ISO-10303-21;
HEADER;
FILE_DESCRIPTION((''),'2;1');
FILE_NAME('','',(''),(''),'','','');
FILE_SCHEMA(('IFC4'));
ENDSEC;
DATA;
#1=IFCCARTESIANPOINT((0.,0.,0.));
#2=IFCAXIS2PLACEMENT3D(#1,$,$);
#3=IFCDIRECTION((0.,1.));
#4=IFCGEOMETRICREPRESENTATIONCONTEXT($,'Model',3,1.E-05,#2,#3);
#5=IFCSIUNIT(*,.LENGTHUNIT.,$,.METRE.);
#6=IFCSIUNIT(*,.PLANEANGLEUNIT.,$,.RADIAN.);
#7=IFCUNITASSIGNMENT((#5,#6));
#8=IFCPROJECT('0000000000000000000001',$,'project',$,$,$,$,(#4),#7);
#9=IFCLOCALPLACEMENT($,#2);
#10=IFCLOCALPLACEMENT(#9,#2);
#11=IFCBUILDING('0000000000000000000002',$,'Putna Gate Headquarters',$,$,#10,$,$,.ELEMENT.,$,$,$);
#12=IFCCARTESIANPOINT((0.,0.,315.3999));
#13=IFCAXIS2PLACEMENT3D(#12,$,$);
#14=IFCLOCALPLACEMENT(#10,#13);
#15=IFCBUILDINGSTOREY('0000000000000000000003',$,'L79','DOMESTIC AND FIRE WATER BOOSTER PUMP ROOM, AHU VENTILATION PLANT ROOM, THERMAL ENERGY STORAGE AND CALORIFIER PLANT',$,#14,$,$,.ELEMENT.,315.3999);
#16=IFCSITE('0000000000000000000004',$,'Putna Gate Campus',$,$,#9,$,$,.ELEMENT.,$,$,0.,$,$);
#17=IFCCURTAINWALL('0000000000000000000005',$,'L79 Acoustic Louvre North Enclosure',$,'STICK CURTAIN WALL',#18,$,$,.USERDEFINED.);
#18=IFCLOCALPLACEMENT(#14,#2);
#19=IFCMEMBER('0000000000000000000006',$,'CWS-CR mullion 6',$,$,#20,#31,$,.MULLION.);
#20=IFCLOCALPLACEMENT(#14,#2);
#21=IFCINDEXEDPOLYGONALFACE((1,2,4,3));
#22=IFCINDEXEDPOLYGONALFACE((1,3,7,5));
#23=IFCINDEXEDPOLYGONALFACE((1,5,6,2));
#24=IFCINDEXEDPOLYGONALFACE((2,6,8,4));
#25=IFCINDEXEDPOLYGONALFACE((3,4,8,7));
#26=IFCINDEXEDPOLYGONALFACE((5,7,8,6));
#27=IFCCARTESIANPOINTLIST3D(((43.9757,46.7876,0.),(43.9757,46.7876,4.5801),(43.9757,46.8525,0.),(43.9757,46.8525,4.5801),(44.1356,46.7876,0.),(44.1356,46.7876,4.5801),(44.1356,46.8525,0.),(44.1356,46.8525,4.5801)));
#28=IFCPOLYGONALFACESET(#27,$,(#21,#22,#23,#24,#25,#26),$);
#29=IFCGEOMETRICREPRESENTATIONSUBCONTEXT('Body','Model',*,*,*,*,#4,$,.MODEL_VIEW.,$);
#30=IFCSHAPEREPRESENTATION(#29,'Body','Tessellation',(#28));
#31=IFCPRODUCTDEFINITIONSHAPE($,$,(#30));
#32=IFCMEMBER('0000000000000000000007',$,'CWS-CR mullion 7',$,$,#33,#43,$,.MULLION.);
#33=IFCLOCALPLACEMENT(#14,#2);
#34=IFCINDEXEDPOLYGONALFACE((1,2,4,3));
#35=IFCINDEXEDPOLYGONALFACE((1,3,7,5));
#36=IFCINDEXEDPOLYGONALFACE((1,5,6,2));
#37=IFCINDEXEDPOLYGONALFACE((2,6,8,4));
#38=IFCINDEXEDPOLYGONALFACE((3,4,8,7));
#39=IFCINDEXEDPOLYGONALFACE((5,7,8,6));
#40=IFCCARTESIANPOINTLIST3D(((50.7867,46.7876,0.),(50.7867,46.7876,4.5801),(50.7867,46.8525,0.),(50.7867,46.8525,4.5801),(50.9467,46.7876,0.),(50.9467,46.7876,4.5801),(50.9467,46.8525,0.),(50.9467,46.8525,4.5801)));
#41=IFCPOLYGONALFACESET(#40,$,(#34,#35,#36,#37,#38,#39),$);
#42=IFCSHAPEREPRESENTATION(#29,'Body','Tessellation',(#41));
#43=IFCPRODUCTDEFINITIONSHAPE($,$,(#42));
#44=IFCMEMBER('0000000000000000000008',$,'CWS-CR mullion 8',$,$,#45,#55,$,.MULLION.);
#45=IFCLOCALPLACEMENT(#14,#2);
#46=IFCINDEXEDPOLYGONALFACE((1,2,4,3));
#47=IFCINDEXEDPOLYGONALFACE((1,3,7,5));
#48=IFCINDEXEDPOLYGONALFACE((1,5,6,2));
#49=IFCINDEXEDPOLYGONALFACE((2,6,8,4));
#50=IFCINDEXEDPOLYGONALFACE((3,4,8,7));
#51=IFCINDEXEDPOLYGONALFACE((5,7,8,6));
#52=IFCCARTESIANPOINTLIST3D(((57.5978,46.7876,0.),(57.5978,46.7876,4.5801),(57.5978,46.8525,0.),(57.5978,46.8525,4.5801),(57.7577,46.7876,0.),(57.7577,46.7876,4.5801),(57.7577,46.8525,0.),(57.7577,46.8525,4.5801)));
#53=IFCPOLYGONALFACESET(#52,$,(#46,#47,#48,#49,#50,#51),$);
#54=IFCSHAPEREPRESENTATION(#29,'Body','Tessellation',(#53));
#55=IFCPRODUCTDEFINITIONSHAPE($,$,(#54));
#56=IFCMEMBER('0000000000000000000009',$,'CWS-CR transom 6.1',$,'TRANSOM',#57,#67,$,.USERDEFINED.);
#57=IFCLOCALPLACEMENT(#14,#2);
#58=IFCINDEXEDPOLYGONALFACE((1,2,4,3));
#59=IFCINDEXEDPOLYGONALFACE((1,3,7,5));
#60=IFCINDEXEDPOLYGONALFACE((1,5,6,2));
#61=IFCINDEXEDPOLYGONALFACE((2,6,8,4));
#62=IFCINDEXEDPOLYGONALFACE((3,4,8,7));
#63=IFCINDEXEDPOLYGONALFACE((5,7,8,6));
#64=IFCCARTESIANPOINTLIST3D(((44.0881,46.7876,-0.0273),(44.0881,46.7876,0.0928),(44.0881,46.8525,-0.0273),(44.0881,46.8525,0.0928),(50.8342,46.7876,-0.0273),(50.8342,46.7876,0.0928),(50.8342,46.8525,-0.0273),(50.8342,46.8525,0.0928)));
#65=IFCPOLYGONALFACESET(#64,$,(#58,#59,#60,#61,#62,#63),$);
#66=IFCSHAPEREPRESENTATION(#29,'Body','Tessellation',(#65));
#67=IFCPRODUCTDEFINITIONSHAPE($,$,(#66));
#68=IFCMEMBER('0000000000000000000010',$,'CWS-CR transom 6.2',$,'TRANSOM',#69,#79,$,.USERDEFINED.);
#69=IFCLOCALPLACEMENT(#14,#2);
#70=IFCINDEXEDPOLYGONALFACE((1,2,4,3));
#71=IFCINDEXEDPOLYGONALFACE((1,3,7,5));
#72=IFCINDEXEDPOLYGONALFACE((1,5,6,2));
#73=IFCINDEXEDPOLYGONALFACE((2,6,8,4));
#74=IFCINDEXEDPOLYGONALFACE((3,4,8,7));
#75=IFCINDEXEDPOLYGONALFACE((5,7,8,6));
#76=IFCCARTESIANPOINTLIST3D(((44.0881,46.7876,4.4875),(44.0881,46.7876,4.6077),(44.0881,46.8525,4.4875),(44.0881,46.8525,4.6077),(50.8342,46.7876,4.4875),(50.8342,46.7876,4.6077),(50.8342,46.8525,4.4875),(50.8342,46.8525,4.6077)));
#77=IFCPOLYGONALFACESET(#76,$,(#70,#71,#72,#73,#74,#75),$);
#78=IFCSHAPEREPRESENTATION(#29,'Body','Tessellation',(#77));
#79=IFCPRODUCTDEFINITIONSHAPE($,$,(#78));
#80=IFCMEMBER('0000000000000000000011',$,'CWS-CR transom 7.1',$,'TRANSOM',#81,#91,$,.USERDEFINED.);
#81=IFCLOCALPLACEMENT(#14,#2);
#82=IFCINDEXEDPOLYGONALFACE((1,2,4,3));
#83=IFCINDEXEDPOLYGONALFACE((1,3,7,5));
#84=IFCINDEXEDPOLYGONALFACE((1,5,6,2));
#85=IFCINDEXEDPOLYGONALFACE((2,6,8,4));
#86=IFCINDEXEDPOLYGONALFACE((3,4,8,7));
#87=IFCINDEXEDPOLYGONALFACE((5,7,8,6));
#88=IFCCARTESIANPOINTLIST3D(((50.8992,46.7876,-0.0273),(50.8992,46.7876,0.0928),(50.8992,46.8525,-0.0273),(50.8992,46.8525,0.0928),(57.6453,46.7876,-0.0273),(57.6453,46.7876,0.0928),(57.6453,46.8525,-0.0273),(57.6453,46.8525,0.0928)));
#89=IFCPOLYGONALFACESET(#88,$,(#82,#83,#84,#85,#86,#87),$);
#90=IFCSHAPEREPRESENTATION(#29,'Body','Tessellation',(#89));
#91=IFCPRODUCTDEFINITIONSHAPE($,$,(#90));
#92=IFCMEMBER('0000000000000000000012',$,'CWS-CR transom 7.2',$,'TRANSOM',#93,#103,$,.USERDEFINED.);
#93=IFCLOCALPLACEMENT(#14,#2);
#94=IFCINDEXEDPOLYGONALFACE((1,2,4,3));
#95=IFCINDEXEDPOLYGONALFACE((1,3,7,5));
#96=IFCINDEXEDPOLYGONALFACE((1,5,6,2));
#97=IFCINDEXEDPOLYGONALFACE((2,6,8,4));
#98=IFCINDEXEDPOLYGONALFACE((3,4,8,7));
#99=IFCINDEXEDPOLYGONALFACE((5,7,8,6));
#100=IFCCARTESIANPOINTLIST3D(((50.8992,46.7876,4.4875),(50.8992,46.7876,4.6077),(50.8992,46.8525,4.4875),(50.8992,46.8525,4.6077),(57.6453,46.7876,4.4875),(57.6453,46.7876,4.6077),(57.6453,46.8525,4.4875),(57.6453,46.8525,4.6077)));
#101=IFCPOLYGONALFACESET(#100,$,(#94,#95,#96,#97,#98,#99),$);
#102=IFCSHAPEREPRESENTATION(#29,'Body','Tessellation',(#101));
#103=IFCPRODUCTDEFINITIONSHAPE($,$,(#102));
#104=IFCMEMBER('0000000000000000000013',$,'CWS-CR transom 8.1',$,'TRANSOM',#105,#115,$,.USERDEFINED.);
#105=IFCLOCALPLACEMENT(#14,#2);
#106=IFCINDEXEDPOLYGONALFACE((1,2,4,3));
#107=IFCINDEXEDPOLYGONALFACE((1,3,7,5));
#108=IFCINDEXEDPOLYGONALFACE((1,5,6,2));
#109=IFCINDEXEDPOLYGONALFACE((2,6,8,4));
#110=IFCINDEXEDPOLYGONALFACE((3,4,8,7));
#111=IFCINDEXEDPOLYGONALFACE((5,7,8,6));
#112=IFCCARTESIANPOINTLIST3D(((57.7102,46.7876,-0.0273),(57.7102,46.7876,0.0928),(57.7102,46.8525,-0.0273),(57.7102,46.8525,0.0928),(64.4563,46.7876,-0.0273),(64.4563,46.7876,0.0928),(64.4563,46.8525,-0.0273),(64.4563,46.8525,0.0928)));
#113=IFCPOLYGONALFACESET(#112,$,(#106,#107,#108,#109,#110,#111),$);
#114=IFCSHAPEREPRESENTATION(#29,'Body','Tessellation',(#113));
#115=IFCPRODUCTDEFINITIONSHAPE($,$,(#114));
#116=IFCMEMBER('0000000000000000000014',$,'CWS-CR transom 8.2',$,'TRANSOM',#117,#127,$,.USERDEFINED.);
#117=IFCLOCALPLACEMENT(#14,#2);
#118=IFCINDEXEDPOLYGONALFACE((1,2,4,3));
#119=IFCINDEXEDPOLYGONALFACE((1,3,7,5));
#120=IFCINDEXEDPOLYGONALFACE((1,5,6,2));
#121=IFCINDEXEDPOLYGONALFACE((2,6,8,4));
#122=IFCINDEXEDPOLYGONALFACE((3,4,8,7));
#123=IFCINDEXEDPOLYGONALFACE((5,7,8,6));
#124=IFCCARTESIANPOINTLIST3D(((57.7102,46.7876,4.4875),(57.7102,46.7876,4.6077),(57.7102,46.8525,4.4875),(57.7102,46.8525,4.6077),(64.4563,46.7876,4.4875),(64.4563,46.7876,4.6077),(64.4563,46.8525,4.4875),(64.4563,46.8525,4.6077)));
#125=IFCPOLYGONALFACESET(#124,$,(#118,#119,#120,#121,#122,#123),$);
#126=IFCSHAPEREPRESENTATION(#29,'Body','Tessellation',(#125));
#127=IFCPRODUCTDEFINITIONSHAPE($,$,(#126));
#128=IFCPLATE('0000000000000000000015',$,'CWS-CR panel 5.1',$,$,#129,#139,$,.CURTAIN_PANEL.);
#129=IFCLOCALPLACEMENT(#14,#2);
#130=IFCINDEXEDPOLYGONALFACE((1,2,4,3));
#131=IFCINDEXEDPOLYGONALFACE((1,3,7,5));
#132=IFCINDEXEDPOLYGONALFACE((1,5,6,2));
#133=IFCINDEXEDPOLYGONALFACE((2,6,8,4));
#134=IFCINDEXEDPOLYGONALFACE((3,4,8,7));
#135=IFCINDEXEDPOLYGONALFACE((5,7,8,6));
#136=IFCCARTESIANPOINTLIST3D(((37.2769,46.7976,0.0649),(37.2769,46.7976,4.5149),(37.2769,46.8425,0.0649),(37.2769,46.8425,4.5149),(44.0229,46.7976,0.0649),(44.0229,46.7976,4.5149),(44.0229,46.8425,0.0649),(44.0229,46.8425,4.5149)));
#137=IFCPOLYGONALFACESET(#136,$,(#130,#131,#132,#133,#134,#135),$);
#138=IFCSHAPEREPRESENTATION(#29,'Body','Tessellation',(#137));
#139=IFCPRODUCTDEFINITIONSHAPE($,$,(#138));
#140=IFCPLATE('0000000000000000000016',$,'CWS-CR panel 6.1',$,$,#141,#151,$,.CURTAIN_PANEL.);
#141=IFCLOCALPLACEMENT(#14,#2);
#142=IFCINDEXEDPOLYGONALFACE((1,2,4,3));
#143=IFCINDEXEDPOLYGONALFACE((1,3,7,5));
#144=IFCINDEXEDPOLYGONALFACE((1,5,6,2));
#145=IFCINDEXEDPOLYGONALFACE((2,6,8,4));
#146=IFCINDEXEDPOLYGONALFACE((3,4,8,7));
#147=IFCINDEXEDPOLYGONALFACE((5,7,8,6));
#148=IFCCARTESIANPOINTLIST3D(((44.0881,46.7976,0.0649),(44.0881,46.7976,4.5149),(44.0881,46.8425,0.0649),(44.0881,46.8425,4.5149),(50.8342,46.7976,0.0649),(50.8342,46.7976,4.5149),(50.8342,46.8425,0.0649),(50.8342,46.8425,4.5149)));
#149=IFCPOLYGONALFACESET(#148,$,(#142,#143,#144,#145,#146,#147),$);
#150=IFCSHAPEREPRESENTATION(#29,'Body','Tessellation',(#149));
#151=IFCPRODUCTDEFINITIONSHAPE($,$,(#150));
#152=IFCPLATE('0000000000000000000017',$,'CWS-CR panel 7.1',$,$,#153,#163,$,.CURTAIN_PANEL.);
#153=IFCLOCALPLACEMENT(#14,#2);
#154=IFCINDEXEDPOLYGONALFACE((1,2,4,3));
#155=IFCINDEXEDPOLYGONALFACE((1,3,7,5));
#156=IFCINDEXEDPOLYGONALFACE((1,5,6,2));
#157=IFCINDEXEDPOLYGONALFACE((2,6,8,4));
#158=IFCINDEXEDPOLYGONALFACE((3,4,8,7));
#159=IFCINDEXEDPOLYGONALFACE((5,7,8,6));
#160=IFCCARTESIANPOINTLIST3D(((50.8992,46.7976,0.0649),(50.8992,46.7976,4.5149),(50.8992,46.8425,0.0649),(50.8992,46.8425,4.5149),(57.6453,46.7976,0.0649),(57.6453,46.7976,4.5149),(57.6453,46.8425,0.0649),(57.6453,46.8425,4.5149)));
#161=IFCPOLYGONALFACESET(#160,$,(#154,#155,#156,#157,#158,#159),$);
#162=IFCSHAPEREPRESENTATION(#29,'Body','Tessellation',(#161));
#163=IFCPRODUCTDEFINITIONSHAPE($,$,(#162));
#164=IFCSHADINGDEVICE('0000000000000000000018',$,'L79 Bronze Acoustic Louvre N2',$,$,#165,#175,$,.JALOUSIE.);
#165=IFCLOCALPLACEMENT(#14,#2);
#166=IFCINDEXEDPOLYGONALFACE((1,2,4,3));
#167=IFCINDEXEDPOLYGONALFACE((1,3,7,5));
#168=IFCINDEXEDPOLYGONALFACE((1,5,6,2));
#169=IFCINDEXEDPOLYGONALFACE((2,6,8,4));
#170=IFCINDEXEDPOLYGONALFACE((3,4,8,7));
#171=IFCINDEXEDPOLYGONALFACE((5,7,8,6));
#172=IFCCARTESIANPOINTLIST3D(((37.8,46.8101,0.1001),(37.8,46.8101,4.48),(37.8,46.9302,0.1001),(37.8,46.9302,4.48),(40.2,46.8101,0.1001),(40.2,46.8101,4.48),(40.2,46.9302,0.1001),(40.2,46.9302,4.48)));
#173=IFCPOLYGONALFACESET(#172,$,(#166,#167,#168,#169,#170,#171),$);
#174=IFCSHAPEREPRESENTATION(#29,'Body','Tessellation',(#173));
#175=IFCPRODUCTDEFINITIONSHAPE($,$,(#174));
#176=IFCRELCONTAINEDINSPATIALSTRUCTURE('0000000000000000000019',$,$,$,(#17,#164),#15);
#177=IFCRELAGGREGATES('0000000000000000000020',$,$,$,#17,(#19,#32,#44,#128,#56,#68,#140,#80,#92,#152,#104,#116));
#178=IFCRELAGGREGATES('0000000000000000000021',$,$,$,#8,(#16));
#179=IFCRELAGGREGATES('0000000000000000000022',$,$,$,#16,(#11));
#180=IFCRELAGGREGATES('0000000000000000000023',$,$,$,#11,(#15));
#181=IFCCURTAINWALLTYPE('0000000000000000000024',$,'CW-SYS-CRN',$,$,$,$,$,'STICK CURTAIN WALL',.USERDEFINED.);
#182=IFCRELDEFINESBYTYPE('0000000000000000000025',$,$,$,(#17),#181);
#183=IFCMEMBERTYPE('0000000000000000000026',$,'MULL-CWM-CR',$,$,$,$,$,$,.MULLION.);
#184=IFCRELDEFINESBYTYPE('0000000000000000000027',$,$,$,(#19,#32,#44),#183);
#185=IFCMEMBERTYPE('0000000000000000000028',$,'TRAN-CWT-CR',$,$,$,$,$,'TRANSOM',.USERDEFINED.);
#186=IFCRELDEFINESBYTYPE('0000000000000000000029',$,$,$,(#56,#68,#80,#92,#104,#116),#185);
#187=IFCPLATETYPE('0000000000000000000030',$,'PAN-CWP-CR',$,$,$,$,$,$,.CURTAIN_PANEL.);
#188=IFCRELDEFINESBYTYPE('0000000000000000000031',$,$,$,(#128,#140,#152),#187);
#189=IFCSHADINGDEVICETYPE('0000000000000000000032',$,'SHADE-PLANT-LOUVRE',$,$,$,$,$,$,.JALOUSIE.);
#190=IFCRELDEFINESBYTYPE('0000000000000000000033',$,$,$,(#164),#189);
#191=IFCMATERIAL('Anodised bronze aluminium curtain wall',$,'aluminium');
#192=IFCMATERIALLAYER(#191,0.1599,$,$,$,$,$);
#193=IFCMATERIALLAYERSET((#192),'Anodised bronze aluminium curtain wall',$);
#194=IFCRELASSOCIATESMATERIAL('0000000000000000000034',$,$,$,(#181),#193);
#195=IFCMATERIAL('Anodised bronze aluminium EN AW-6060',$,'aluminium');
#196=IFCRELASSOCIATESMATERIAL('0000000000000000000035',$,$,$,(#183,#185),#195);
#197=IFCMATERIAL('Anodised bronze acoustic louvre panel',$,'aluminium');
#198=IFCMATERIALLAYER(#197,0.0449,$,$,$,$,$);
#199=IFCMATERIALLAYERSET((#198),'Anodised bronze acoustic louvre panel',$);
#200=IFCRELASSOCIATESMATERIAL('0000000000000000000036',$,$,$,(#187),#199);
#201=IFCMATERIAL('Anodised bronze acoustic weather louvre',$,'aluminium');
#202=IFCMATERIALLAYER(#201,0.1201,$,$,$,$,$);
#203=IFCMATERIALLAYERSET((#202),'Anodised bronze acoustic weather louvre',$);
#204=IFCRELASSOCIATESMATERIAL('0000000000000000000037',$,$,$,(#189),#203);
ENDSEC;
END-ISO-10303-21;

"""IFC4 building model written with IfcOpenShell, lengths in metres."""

from ifc_helpers import new_model, si_unit, direction, frame, origin, origin_2d, place, context, subcontext, project, spatial, rectangle, extrude, material, layer, layer_set, material_profile, profile_set, type_object, element, aggregate, save


model = new_model("IFC4")

# Units and contexts
model_context = context("Model", 3, precision=1e-05, world=origin(), true_north=direction((0.0, 1.0)))
body_context = subcontext(model_context, "Body", "Model", "MODEL_VIEW")
ifc_project = project(units=[si_unit("LENGTHUNIT", "METRE"), si_unit("PLANEANGLEUNIT", "RADIAN")], contexts=[model_context])

# Site, building, storey
site_placement = place(None, origin())
site = spatial("IfcSite", under=ifc_project, at=site_placement, Name="Putna Gate Campus", CompositionType="ELEMENT", RefElevation=0.0)
building_placement = place(site_placement, origin())
building = spatial("IfcBuilding", under=site, at=building_placement, Name="Putna Gate Headquarters", CompositionType="ELEMENT")
storey_placement = place(building_placement, frame((0.0, 0.0, 315.3999)))
storey = spatial("IfcBuildingStorey", under=building, at=storey_placement, Name="L79", Description="DOMESTIC AND FIRE WATER BOOSTER PUMP ROOM, AHU VENTILATION PLANT ROOM, THERMAL ENERGY STORAGE AND CALORIFIER PLANT", CompositionType="ELEMENT", Elevation=315.3999)

# Curtain wall, members, plates
ifc_material_1 = material(Name="Anodised bronze aluminium curtain wall", Category="aluminium")
ifc_layer_1 = layer(ifc_material_1, 0.1599)
ifc_layer_set_1 = layer_set([ifc_layer_1], Name="Anodised bronze aluminium curtain wall")
curtain_wall_type = type_object("IfcCurtainWallType", Name="CW-SYS-CRN", ElementType="STICK CURTAIN WALL", PredefinedType="USERDEFINED", material=ifc_layer_set_1)
curtain_wall_placement = place(storey_placement, origin())
curtain_wall = element("IfcCurtainWall", 1, at=curtain_wall_placement, inside=storey, type_object=curtain_wall_type, Name="L79 Acoustic Louvre North Enclosure", ObjectType="STICK CURTAIN WALL", PredefinedType="USERDEFINED")
ifc_material_2 = material(Name="Anodised bronze aluminium EN AW-6060", Category="aluminium")
ifc_material_profile_1 = material_profile(ifc_material_2, rectangle(XDim=0.0649, YDim=0.1599, at=origin_2d()), Name="Anodised bronze aluminium EN AW-6060")
ifc_profile_set_1 = profile_set([ifc_material_profile_1], Name="Anodised bronze aluminium EN AW-6060")
member_type_1 = type_object("IfcMemberType", Name="MULL-CWM-CR", PredefinedType="MULLION", material=ifc_profile_set_1)
member_1_placement = place(storey_placement, frame((44.0557, 46.8201, 0.0), z_axis=(0.0, 0.0, 1.0), x_axis=(0.0, 1.0, 0.0)))
member_1 = element("IfcMember", 2, at=member_1_placement, type_object=member_type_1, Name="CWS-CR mullion 6", PredefinedType="MULLION", context=body_context, shape_type="SweptSolid", body=[
    extrude(rectangle(XDim=0.0649, YDim=0.1599, at=origin_2d()), origin(), (0.0, 0.0, 1.0), 4.5801),
])
member_2_placement = place(storey_placement, frame((50.8667, 46.8201, 0.0), z_axis=(0.0, 0.0, 1.0), x_axis=(0.0, 1.0, 0.0)))
member_2 = element("IfcMember", 3, at=member_2_placement, type_object=member_type_1, Name="CWS-CR mullion 7", PredefinedType="MULLION", context=body_context, shape_type="SweptSolid", body=[
    extrude(rectangle(XDim=0.0649, YDim=0.1599, at=origin_2d()), origin(), (0.0, 0.0, 1.0), 4.5801),
])
member_3_placement = place(storey_placement, frame((57.6777, 46.8201, 0.0), z_axis=(0.0, 0.0, 1.0), x_axis=(0.0, 1.0, 0.0)))
member_3 = element("IfcMember", 4, at=member_3_placement, type_object=member_type_1, Name="CWS-CR mullion 8", PredefinedType="MULLION", context=body_context, shape_type="SweptSolid", body=[
    extrude(rectangle(XDim=0.0649, YDim=0.1599, at=origin_2d()), origin(), (0.0, 0.0, 1.0), 4.5801),
])
ifc_material_profile_2 = material_profile(ifc_material_2, rectangle(XDim=0.0649, YDim=0.1201, at=origin_2d()), Name="Anodised bronze aluminium EN AW-6060")
ifc_profile_set_2 = profile_set([ifc_material_profile_2], Name="Anodised bronze aluminium EN AW-6060")
member_type_2 = type_object("IfcMemberType", Name="TRAN-CWT-CR", ElementType="TRANSOM", PredefinedType="USERDEFINED", material=ifc_profile_set_2)
member_4_placement = place(storey_placement, frame((44.0881, 46.8201, 0.0327), z_axis=(1.0, 0.0, 0.0), x_axis=(0.0, 1.0, 0.0)))
member_4 = element("IfcMember", 5, at=member_4_placement, type_object=member_type_2, Name="CWS-CR transom 6.1", ObjectType="TRANSOM", PredefinedType="USERDEFINED", context=body_context, shape_type="SweptSolid", body=[
    extrude(rectangle(XDim=0.0649, YDim=0.1201, at=origin_2d()), origin(), (0.0, 0.0, 1.0), 6.7461),
])
member_5_placement = place(storey_placement, frame((44.0881, 46.8201, 4.5476), z_axis=(1.0, 0.0, 0.0), x_axis=(0.0, 1.0, 0.0)))
member_5 = element("IfcMember", 6, at=member_5_placement, type_object=member_type_2, Name="CWS-CR transom 6.2", ObjectType="TRANSOM", PredefinedType="USERDEFINED", context=body_context, shape_type="SweptSolid", body=[
    extrude(rectangle(XDim=0.0649, YDim=0.1201, at=origin_2d()), origin(), (0.0, 0.0, 1.0), 6.7461),
])
member_6_placement = place(storey_placement, frame((50.8992, 46.8201, 0.0327), z_axis=(1.0, 0.0, 0.0), x_axis=(0.0, 1.0, 0.0)))
member_6 = element("IfcMember", 7, at=member_6_placement, type_object=member_type_2, Name="CWS-CR transom 7.1", ObjectType="TRANSOM", PredefinedType="USERDEFINED", context=body_context, shape_type="SweptSolid", body=[
    extrude(rectangle(XDim=0.0649, YDim=0.1201, at=origin_2d()), origin(), (0.0, 0.0, 1.0), 6.7461),
])
member_7_placement = place(storey_placement, frame((50.8992, 46.8201, 4.5476), z_axis=(1.0, 0.0, 0.0), x_axis=(0.0, 1.0, 0.0)))
member_7 = element("IfcMember", 8, at=member_7_placement, type_object=member_type_2, Name="CWS-CR transom 7.2", ObjectType="TRANSOM", PredefinedType="USERDEFINED", context=body_context, shape_type="SweptSolid", body=[
    extrude(rectangle(XDim=0.0649, YDim=0.1201, at=origin_2d()), origin(), (0.0, 0.0, 1.0), 6.7461),
])
member_8_placement = place(storey_placement, frame((57.7102, 46.8201, 0.0327), z_axis=(1.0, 0.0, 0.0), x_axis=(0.0, 1.0, 0.0)))
member_8 = element("IfcMember", 9, at=member_8_placement, type_object=member_type_2, Name="CWS-CR transom 8.1", ObjectType="TRANSOM", PredefinedType="USERDEFINED", context=body_context, shape_type="SweptSolid", body=[
    extrude(rectangle(XDim=0.0649, YDim=0.1201, at=origin_2d()), origin(), (0.0, 0.0, 1.0), 6.7461),
])
member_9_placement = place(storey_placement, frame((57.7102, 46.8201, 4.5476), z_axis=(1.0, 0.0, 0.0), x_axis=(0.0, 1.0, 0.0)))
member_9 = element("IfcMember", 10, at=member_9_placement, type_object=member_type_2, Name="CWS-CR transom 8.2", ObjectType="TRANSOM", PredefinedType="USERDEFINED", context=body_context, shape_type="SweptSolid", body=[
    extrude(rectangle(XDim=0.0649, YDim=0.1201, at=origin_2d()), origin(), (0.0, 0.0, 1.0), 6.7461),
])
ifc_material_3 = material(Name="Anodised bronze acoustic louvre panel", Category="aluminium")
ifc_layer_2 = layer(ifc_material_3, 0.0449)
ifc_layer_set_2 = layer_set([ifc_layer_2], Name="Anodised bronze acoustic louvre panel")
plate_type = type_object("IfcPlateType", Name="PAN-CWP-CR", PredefinedType="CURTAIN_PANEL", material=ifc_layer_set_2)
plate_1_placement = place(storey_placement, frame((40.6499, 46.8201, 0.0649), z_axis=(0.0, 0.0, 1.0), x_axis=(1.0, 0.0, 0.0)))
plate_1 = element("IfcPlate", 11, at=plate_1_placement, type_object=plate_type, Name="CWS-CR panel 5.1", PredefinedType="CURTAIN_PANEL", context=body_context, shape_type="SweptSolid", body=[
    extrude(rectangle(XDim=6.7461, YDim=0.0449, at=origin_2d()), origin(), (0.0, 0.0, 1.0), 4.45),
])
plate_2_placement = place(storey_placement, frame((47.4612, 46.8201, 0.0649), z_axis=(0.0, 0.0, 1.0), x_axis=(1.0, 0.0, 0.0)))
plate_2 = element("IfcPlate", 12, at=plate_2_placement, type_object=plate_type, Name="CWS-CR panel 6.1", PredefinedType="CURTAIN_PANEL", context=body_context, shape_type="SweptSolid", body=[
    extrude(rectangle(XDim=6.7461, YDim=0.0449, at=origin_2d()), origin(), (0.0, 0.0, 1.0), 4.45),
])
plate_3_placement = place(storey_placement, frame((54.2722, 46.8201, 0.0649), z_axis=(0.0, 0.0, 1.0), x_axis=(1.0, 0.0, 0.0)))
plate_3 = element("IfcPlate", 13, at=plate_3_placement, type_object=plate_type, Name="CWS-CR panel 7.1", PredefinedType="CURTAIN_PANEL", context=body_context, shape_type="SweptSolid", body=[
    extrude(rectangle(XDim=6.7461, YDim=0.0449, at=origin_2d()), origin(), (0.0, 0.0, 1.0), 4.45),
])
aggregate(curtain_wall, [member_1, member_2, member_3, plate_1, member_4, member_5, plate_2, member_6, member_7, plate_3, member_8, member_9])

# Shading device
ifc_material_4 = material(Name="Anodised bronze acoustic weather louvre", Category="aluminium")
ifc_layer_3 = layer(ifc_material_4, 0.1201)
ifc_layer_set_3 = layer_set([ifc_layer_3], Name="Anodised bronze acoustic weather louvre")
shading_device_type = type_object("IfcShadingDeviceType", Name="SHADE-PLANT-LOUVRE", PredefinedType="JALOUSIE", material=ifc_layer_set_3)
shading_device_placement = place(storey_placement, frame((39.0, 46.8701, 0.1001), z_axis=(0.0, 0.0, 1.0), x_axis=(1.0, 0.0, 0.0)))
element("IfcShadingDevice", 14, at=shading_device_placement, inside=storey, type_object=shading_device_type, Name="L79 Bronze Acoustic Louvre N2", PredefinedType="JALOUSIE", context=body_context, shape_type="SweptSolid", body=[
    extrude(rectangle(XDim=2.3999, YDim=0.1201, at=origin_2d()), origin(), (0.0, 0.0, 1.0), 4.3799),
])

save(model, "model.ifc")
